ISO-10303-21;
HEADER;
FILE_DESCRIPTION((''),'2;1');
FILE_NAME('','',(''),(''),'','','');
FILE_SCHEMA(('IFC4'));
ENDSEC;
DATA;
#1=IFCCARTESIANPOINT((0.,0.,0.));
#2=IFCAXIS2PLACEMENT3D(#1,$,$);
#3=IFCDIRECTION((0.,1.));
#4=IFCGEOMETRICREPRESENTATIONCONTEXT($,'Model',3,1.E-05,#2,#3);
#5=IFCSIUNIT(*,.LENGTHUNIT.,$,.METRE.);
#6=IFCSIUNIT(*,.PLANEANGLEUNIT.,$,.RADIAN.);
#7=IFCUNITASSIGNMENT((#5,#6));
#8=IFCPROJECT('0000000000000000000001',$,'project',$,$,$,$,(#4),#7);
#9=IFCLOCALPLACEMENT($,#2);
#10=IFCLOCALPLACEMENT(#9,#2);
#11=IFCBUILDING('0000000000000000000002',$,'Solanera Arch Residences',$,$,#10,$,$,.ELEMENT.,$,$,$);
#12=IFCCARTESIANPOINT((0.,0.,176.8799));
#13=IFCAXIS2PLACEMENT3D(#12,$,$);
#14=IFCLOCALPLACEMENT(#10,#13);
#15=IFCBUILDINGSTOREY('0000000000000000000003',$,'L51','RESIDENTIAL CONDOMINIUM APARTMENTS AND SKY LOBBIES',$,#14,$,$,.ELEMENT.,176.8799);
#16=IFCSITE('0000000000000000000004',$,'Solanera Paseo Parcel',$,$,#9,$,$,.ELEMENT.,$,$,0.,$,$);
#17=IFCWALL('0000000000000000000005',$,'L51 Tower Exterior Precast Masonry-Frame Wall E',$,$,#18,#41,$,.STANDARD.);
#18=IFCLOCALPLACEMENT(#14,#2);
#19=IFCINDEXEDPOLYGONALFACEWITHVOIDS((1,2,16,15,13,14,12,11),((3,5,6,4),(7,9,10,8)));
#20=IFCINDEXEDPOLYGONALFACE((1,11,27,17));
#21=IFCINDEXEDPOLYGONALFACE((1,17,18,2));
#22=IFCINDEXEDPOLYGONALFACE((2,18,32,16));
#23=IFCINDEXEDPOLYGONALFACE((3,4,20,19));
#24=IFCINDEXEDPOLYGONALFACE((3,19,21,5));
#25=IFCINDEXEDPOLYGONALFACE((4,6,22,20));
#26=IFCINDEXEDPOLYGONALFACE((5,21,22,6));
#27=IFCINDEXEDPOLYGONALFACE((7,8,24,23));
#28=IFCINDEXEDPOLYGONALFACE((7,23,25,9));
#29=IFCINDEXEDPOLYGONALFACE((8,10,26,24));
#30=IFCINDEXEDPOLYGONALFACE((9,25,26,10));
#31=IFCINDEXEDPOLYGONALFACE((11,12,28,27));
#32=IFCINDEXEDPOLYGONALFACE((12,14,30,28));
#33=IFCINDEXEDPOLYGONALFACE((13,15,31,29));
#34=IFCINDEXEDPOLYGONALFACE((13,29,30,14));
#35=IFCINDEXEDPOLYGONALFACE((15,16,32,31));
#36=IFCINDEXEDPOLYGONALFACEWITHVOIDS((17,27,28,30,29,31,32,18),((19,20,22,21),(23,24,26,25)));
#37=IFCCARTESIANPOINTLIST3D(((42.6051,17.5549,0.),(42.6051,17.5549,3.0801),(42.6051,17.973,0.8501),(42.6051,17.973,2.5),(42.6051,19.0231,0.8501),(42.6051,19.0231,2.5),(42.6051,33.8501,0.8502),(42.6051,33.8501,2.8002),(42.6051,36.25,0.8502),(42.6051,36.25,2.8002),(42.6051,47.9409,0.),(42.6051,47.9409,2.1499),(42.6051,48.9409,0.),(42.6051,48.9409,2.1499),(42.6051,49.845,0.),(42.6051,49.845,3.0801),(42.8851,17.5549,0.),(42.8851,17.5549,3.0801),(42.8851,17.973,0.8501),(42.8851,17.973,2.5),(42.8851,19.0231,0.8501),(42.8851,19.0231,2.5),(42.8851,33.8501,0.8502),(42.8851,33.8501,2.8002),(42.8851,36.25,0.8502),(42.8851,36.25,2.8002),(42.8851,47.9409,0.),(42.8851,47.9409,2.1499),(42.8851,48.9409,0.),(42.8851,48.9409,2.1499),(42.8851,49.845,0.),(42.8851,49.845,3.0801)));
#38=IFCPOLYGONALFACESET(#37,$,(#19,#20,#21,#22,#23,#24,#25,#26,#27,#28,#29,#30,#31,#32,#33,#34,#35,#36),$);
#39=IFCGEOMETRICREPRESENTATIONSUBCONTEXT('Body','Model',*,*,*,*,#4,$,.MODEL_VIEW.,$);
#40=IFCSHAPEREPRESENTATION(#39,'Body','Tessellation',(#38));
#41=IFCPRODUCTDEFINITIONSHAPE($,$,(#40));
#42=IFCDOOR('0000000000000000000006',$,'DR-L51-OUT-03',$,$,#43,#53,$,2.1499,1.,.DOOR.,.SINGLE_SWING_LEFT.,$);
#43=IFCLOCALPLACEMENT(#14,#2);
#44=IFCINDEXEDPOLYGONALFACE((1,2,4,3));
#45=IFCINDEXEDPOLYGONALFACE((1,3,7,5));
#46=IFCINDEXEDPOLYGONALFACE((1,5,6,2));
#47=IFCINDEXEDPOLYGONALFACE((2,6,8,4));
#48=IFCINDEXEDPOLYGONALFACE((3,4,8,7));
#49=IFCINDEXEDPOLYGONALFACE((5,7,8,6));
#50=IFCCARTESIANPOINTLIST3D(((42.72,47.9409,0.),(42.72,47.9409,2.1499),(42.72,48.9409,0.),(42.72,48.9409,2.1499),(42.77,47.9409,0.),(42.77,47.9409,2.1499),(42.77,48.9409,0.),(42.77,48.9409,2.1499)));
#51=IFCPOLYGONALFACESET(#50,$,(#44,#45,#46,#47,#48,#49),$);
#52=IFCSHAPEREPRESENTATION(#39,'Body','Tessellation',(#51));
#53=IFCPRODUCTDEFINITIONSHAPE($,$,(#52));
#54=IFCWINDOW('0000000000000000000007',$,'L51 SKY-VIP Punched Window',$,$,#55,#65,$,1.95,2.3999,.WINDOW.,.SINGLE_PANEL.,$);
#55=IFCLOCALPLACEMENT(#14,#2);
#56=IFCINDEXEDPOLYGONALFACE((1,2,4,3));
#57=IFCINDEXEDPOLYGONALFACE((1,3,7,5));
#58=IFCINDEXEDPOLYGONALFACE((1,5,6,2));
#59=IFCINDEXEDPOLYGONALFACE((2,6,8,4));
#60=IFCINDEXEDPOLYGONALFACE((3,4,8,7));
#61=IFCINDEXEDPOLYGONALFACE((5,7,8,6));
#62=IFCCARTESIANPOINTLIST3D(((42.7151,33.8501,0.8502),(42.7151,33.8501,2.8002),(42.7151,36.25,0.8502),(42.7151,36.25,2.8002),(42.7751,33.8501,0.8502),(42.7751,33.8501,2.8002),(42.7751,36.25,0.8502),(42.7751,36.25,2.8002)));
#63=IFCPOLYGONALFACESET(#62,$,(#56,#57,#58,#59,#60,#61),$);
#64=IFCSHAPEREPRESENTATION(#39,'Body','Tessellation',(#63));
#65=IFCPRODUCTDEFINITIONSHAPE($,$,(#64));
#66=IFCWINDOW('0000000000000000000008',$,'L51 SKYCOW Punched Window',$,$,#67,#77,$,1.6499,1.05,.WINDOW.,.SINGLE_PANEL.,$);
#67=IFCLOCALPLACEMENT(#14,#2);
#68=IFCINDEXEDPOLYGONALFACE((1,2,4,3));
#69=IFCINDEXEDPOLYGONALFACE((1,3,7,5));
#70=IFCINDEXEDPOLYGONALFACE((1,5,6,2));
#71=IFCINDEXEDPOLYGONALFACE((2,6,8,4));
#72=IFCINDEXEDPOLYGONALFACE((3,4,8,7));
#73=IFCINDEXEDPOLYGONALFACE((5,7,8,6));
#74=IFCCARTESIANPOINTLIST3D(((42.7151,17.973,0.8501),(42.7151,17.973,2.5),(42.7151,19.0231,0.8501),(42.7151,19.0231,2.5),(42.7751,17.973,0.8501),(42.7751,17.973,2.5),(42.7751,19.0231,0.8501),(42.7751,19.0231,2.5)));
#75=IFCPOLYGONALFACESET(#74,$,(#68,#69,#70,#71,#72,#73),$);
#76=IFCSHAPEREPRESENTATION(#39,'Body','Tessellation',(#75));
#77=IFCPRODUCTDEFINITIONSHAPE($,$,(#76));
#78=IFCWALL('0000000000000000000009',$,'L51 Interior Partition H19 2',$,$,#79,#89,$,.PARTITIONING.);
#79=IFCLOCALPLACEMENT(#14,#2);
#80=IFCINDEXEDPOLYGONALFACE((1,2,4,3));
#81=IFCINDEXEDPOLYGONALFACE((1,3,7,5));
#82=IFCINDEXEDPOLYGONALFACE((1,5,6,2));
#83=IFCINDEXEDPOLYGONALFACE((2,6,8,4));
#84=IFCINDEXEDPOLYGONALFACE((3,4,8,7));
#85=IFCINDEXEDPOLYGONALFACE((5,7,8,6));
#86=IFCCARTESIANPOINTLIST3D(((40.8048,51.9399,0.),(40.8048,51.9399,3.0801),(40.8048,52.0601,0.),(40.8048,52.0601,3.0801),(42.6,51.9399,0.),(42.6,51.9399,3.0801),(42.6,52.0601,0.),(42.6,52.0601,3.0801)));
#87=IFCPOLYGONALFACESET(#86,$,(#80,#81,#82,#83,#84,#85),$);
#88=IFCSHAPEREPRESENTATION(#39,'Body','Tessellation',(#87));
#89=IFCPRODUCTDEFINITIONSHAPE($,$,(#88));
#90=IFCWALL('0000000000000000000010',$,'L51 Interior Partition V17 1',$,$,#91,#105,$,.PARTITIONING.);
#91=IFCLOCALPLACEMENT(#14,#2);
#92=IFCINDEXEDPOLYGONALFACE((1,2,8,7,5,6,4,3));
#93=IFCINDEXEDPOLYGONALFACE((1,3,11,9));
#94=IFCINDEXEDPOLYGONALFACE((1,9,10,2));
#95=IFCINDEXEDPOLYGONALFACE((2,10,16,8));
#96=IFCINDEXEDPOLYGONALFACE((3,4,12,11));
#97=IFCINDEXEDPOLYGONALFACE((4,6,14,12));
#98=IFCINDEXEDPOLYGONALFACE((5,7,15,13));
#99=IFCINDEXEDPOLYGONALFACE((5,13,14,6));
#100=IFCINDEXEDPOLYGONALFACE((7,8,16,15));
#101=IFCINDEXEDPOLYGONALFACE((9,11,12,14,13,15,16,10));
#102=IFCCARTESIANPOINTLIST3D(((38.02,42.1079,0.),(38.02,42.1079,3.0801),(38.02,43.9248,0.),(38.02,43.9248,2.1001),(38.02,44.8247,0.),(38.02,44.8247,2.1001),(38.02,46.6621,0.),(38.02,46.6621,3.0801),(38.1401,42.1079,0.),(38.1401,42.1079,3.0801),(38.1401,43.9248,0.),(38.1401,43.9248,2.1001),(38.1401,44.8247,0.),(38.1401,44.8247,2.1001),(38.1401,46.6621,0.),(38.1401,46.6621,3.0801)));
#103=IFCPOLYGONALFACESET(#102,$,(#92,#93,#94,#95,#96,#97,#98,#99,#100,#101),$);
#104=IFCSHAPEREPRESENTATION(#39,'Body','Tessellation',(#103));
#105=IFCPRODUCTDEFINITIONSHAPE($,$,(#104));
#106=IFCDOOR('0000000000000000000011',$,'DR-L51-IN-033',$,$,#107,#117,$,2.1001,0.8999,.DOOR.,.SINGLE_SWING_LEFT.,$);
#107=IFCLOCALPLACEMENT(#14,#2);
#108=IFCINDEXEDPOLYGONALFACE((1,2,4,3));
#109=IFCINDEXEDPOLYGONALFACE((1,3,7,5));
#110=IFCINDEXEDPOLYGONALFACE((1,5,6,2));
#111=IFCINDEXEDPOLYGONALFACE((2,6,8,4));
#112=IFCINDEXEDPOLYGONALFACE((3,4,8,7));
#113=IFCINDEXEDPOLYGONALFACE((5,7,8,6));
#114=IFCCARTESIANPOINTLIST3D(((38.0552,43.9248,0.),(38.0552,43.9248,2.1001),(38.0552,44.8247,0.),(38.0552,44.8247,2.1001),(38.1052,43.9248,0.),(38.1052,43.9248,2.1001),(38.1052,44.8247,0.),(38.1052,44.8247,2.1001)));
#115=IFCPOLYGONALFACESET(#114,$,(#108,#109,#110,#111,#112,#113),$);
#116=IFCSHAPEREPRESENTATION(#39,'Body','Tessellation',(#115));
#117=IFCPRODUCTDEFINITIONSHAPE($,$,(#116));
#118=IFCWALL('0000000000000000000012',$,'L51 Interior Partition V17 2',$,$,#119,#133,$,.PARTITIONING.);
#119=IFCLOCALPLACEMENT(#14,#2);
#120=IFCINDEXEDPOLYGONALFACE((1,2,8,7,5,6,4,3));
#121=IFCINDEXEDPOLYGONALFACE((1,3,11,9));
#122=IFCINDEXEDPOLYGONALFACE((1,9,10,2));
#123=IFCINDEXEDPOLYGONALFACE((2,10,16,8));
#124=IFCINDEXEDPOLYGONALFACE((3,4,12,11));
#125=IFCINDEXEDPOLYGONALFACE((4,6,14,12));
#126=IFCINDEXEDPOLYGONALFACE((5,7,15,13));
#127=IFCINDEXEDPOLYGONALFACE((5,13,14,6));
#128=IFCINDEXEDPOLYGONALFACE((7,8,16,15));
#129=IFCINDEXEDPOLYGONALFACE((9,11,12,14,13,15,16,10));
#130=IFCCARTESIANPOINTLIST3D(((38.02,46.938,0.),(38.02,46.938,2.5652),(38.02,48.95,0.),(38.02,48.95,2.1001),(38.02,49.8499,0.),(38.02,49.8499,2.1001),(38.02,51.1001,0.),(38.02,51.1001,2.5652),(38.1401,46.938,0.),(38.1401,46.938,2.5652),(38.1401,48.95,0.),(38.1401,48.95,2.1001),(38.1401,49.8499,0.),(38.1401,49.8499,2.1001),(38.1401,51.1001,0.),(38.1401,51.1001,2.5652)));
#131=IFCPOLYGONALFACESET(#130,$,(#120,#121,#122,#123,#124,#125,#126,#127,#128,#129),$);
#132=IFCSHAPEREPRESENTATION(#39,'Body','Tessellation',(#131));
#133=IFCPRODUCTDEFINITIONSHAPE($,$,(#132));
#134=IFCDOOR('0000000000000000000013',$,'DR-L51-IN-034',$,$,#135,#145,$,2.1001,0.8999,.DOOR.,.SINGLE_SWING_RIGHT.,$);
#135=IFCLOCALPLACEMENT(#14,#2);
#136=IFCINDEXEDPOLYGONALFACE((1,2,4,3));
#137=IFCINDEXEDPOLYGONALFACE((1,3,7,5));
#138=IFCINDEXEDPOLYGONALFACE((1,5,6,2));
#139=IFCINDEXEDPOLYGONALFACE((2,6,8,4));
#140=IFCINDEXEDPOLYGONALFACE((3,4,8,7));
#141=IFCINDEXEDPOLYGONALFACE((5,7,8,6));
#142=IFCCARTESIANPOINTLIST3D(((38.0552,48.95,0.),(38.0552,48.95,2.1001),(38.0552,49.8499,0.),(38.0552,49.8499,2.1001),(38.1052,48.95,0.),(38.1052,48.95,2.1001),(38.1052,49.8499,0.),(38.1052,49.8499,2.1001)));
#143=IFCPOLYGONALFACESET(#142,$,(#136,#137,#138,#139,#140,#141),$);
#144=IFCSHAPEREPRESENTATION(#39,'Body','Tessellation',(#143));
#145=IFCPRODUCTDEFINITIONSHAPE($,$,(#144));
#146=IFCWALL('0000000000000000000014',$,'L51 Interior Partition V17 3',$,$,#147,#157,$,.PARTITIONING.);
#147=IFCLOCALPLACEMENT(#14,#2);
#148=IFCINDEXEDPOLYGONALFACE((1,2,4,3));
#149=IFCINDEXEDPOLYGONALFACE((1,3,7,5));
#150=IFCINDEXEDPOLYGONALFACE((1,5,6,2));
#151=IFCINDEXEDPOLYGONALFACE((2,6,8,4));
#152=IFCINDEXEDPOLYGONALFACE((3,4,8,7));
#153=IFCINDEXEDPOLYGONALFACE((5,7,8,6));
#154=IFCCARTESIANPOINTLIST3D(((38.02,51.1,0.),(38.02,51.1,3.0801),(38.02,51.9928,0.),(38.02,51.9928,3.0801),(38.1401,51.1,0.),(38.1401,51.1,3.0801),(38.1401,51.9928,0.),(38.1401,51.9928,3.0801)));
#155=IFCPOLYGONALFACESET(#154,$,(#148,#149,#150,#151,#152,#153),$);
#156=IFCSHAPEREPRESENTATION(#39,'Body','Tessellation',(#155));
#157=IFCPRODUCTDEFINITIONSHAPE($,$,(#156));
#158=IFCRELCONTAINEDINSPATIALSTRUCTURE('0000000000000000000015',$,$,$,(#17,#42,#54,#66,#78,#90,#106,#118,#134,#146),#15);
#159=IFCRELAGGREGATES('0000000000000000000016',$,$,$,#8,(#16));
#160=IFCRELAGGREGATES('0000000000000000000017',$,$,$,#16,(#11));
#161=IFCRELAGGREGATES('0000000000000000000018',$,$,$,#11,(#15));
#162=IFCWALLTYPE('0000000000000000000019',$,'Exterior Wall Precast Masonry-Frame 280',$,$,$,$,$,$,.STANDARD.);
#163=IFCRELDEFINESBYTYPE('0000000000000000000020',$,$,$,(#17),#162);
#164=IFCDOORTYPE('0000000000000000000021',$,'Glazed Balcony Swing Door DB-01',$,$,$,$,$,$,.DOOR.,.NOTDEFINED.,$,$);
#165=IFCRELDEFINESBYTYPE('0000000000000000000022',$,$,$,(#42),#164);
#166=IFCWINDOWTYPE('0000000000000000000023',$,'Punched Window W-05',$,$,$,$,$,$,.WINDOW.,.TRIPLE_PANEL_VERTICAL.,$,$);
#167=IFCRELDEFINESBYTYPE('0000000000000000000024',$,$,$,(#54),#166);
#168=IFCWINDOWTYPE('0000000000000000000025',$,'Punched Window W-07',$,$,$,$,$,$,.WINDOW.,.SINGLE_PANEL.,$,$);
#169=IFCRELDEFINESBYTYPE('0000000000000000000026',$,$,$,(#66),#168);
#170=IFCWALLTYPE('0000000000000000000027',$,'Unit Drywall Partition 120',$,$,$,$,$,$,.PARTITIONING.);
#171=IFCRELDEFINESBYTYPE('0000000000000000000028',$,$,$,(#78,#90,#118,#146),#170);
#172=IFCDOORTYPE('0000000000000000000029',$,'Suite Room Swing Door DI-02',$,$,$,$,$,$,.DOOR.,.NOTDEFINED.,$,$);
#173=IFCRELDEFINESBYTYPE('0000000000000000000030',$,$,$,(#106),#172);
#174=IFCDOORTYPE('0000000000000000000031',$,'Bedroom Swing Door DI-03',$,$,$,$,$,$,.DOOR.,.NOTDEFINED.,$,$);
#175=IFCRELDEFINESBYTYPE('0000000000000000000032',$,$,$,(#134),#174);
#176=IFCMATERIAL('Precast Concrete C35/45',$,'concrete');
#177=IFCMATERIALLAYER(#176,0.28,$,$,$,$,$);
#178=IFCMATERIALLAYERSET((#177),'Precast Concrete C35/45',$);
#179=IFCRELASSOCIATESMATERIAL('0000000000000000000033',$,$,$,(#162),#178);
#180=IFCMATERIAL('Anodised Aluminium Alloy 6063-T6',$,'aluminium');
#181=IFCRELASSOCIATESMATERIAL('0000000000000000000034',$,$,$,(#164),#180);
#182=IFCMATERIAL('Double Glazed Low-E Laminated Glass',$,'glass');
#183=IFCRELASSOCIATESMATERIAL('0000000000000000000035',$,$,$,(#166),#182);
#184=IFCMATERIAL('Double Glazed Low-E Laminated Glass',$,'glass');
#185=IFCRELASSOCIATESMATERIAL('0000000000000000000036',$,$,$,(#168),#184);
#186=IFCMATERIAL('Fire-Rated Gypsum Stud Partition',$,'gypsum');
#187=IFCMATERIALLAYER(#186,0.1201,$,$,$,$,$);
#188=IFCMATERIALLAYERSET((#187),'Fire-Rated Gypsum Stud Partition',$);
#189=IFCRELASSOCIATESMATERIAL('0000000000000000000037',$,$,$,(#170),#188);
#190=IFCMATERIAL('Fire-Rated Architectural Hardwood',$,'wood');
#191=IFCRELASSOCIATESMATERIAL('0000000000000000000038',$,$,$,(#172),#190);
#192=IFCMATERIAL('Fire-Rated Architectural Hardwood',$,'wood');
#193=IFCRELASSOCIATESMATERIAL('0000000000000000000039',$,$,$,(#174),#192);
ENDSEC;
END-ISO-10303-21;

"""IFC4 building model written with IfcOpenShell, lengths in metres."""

from ifc_helpers import new_model, si_unit, direction, frame, frame_2d, origin, place, context, subcontext, project, spatial, rectangle, extrude, material, layer, layer_set, type_object, element, fill, save


model = new_model("IFC4")

# Units and contexts
model_context = context("Model", 3, precision=1e-05, world=origin(), true_north=direction((0.0, 1.0)))
body_context = subcontext(model_context, "Body", "Model", "MODEL_VIEW")
ifc_project = project(units=[si_unit("LENGTHUNIT", "METRE"), si_unit("PLANEANGLEUNIT", "RADIAN")], contexts=[model_context])

# Site, building, storey
site_placement = place(None, origin())
site = spatial("IfcSite", under=ifc_project, at=site_placement, Name="Solanera Paseo Parcel", CompositionType="ELEMENT", RefElevation=0.0)
building_placement = place(site_placement, origin())
building = spatial("IfcBuilding", under=site, at=building_placement, Name="Solanera Arch Residences", CompositionType="ELEMENT")
storey_placement = place(building_placement, frame((0.0, 0.0, 176.8799)))
storey = spatial("IfcBuildingStorey", under=building, at=storey_placement, Name="L51", Description="RESIDENTIAL CONDOMINIUM APARTMENTS AND SKY LOBBIES", CompositionType="ELEMENT", Elevation=176.8799)

# Shared definitions
ifc_material_1 = material(Name="Precast Concrete C35/45", Category="concrete")
ifc_layer_1 = layer(ifc_material_1, 0.28)
ifc_layer_set_1 = layer_set([ifc_layer_1], Name="Precast Concrete C35/45")
wall_type_1 = type_object("IfcWallType", Name="Exterior Wall Precast Masonry-Frame 280", PredefinedType="STANDARD", material=ifc_layer_set_1)

# Wall, openings, door, windows
wall_1_placement = place(storey_placement, frame((42.7451, 49.845, 0.0), z_axis=(0.0, 0.0, 1.0), x_axis=(0.0, -1.0, 0.0)))
wall_1 = element("IfcWall", 1, at=wall_1_placement, inside=storey, type_object=wall_type_1, Name="L51 Tower Exterior Precast Masonry-Frame Wall E", PredefinedType="STANDARD", context=body_context, shape_type="SweptSolid", body=[
    extrude(rectangle(XDim=32.29, YDim=0.28, at=frame_2d((16.145, 0.0))), origin(), (0.0, 0.0, 1.0), 3.0801),
])
opening_1_placement = place(wall_1_placement, frame((0.9041, 0.0, 0.0)))
opening_1 = element("IfcOpeningElement", 2, at=opening_1_placement, cuts=wall_1, PredefinedType="OPENING", context=body_context, shape_type="SweptSolid", body=[
    extrude(rectangle(XDim=1.0, YDim=2.1499, at=frame_2d((0.5, 1.075))), frame((0.0, 0.1499, 0.0), z_axis=(0.0, -1.0, 0.0), x_axis=(1.0, 0.0, 0.0)), (0.0, 0.0, 1.0), 0.3),
])
opening_2_placement = place(wall_1_placement, frame((30.822, 0.0, 0.8501)))
opening_2 = element("IfcOpeningElement", 3, at=opening_2_placement, cuts=wall_1, PredefinedType="OPENING", context=body_context, shape_type="SweptSolid", body=[
    extrude(rectangle(XDim=1.05, YDim=1.6499, at=frame_2d((0.5249, 0.825))), frame((0.0, 0.1499, 0.0), z_axis=(0.0, -1.0, 0.0), x_axis=(1.0, 0.0, 0.0)), (0.0, 0.0, 1.0), 0.3),
])
opening_3_placement = place(wall_1_placement, frame((13.595, 0.0, 0.8501)))
opening_3 = element("IfcOpeningElement", 4, at=opening_3_placement, cuts=wall_1, PredefinedType="OPENING", context=body_context, shape_type="SweptSolid", body=[
    extrude(rectangle(XDim=2.3999, YDim=1.95, at=frame_2d((1.2, 0.9751))), frame((0.0, 0.1499, 0.0), z_axis=(0.0, -1.0, 0.0), x_axis=(1.0, 0.0, 0.0)), (0.0, 0.0, 1.0), 0.3),
])
ifc_material_2 = material(Name="Anodised Aluminium Alloy 6063-T6", Category="aluminium")
door_type_1 = type_object("IfcDoorType", Name="Glazed Balcony Swing Door DB-01", OperationType="NOTDEFINED", PredefinedType="DOOR", material=ifc_material_2)
door_1_placement = place(opening_1_placement, origin())
door_1 = element("IfcDoor", 5, at=door_1_placement, inside=storey, type_object=door_type_1, Name="DR-L51-OUT-03", OperationType="SINGLE_SWING_LEFT", OverallHeight=2.1499, OverallWidth=1.0, PredefinedType="DOOR", context=body_context, shape_type="SweptSolid", body=[
    extrude(rectangle(XDim=1.0, YDim=2.1499, at=frame_2d((0.5, 1.075))), frame((0.0, 0.0249, 0.0), z_axis=(0.0, -1.0, 0.0), x_axis=(1.0, 0.0, 0.0)), (0.0, 0.0, 1.0), 0.05),
])
fill(opening_1, door_1)
ifc_material_3 = material(Name="Double Glazed Low-E Laminated Glass", Category="glass")
window_type_1 = type_object("IfcWindowType", Name="Punched Window W-05", PartitioningType="TRIPLE_PANEL_VERTICAL", PredefinedType="WINDOW", material=ifc_material_3)
window_1_placement = place(opening_3_placement, origin())
window_1 = element("IfcWindow", 6, at=window_1_placement, inside=storey, type_object=window_type_1, Name="L51 SKY-VIP Punched Window", OverallHeight=1.95, OverallWidth=2.3999, PartitioningType="SINGLE_PANEL", PredefinedType="WINDOW", context=body_context, shape_type="SweptSolid", body=[
    extrude(rectangle(XDim=2.3999, YDim=1.95, at=frame_2d((1.2, 0.9751))), frame((0.0, 0.03, 0.0), z_axis=(0.0, -1.0, 0.0), x_axis=(1.0, 0.0, 0.0)), (0.0, 0.0, 1.0), 0.0601),
])
fill(opening_3, window_1)
ifc_material_4 = material(Name="Double Glazed Low-E Laminated Glass", Category="glass")
window_type_2 = type_object("IfcWindowType", Name="Punched Window W-07", PartitioningType="SINGLE_PANEL", PredefinedType="WINDOW", material=ifc_material_4)
window_2_placement = place(opening_2_placement, origin())
window_2 = element("IfcWindow", 7, at=window_2_placement, inside=storey, type_object=window_type_2, Name="L51 SKYCOW Punched Window", OverallHeight=1.6499, OverallWidth=1.05, PartitioningType="SINGLE_PANEL", PredefinedType="WINDOW", context=body_context, shape_type="SweptSolid", body=[
    extrude(rectangle(XDim=1.05, YDim=1.6499, at=frame_2d((0.5249, 0.825))), frame((0.0, 0.03, 0.0), z_axis=(0.0, -1.0, 0.0), x_axis=(1.0, 0.0, 0.0)), (0.0, 0.0, 1.0), 0.0601),
])
fill(opening_2, window_2)

# Wall
ifc_material_5 = material(Name="Fire-Rated Gypsum Stud Partition", Category="gypsum")
ifc_layer_2 = layer(ifc_material_5, 0.1201)
ifc_layer_set_2 = layer_set([ifc_layer_2], Name="Fire-Rated Gypsum Stud Partition")
wall_type_2 = type_object("IfcWallType", Name="Unit Drywall Partition 120", PredefinedType="PARTITIONING", material=ifc_layer_set_2)
wall_2_placement = place(storey_placement, frame((40.8049, 52.0, 0.0), z_axis=(0.0, 0.0, 1.0), x_axis=(1.0, 0.0, 0.0)))
element("IfcWall", 8, at=wall_2_placement, inside=storey, type_object=wall_type_2, Name="L51 Interior Partition H19 2", PredefinedType="PARTITIONING", context=body_context, shape_type="SweptSolid", body=[
    extrude(rectangle(XDim=1.7952, YDim=0.1201, at=frame_2d((0.8975, 0.0))), origin(), (0.0, 0.0, 1.0), 3.0801),
])

# Walls, openings, doors
wall_3_placement = place(storey_placement, frame((38.0801, 42.1079, 0.0), z_axis=(0.0, 0.0, 1.0), x_axis=(0.0, 1.0, 0.0)))
wall_3 = element("IfcWall", 9, at=wall_3_placement, inside=storey, type_object=wall_type_2, Name="L51 Interior Partition V17 1", PredefinedType="PARTITIONING", context=body_context, shape_type="SweptSolid", body=[
    extrude(rectangle(XDim=4.5542, YDim=0.1201, at=frame_2d((2.2771, 0.0))), origin(), (0.0, 0.0, 1.0), 3.0801),
])
opening_4_placement = place(wall_3_placement, frame((1.8169, 0.0, 0.0)))
opening_4 = element("IfcOpeningElement", 10, at=opening_4_placement, cuts=wall_3, PredefinedType="OPENING", context=body_context, shape_type="SweptSolid", body=[
    extrude(rectangle(XDim=0.8999, YDim=2.1001, at=frame_2d((0.45, 1.05))), frame((0.0, 0.0701, 0.0), z_axis=(0.0, -1.0, 0.0), x_axis=(1.0, 0.0, 0.0)), (0.0, 0.0, 1.0), 0.1401),
])
ifc_material_6 = material(Name="Fire-Rated Architectural Hardwood", Category="wood")
door_type_2 = type_object("IfcDoorType", Name="Suite Room Swing Door DI-02", OperationType="NOTDEFINED", PredefinedType="DOOR", material=ifc_material_6)
door_2_placement = place(opening_4_placement, origin())
door_2 = element("IfcDoor", 11, at=door_2_placement, inside=storey, type_object=door_type_2, Name="DR-L51-IN-033", OperationType="SINGLE_SWING_LEFT", OverallHeight=2.1001, OverallWidth=0.8999, PredefinedType="DOOR", context=body_context, shape_type="SweptSolid", body=[
    extrude(rectangle(XDim=0.8999, YDim=2.1001, at=frame_2d((0.45, 1.05))), frame((0.0, 0.0249, 0.0), z_axis=(0.0, -1.0, 0.0), x_axis=(1.0, 0.0, 0.0)), (0.0, 0.0, 1.0), 0.05),
])
fill(opening_4, door_2)
wall_4_placement = place(storey_placement, frame((38.0801, 46.938, 0.0), z_axis=(0.0, 0.0, 1.0), x_axis=(0.0, 1.0, 0.0)))
wall_4 = element("IfcWall", 12, at=wall_4_placement, inside=storey, type_object=wall_type_2, Name="L51 Interior Partition V17 2", PredefinedType="PARTITIONING", context=body_context, shape_type="SweptSolid", body=[
    extrude(rectangle(XDim=4.1621, YDim=0.1201, at=frame_2d((2.0811, 0.0))), origin(), (0.0, 0.0, 1.0), 2.5652),
])
opening_5_placement = place(wall_4_placement, frame((2.012, 0.0, 0.0)))
opening_5 = element("IfcOpeningElement", 13, at=opening_5_placement, cuts=wall_4, PredefinedType="OPENING", context=body_context, shape_type="SweptSolid", body=[
    extrude(rectangle(XDim=0.8999, YDim=2.1001, at=frame_2d((0.45, 1.05))), frame((0.0, 0.0701, 0.0), z_axis=(0.0, -1.0, 0.0), x_axis=(1.0, 0.0, 0.0)), (0.0, 0.0, 1.0), 0.1401),
])
ifc_material_7 = material(Name="Fire-Rated Architectural Hardwood", Category="wood")
door_type_3 = type_object("IfcDoorType", Name="Bedroom Swing Door DI-03", OperationType="NOTDEFINED", PredefinedType="DOOR", material=ifc_material_7)
door_3_placement = place(opening_5_placement, origin())
door_3 = element("IfcDoor", 14, at=door_3_placement, inside=storey, type_object=door_type_3, Name="DR-L51-IN-034", OperationType="SINGLE_SWING_RIGHT", OverallHeight=2.1001, OverallWidth=0.8999, PredefinedType="DOOR", context=body_context, shape_type="SweptSolid", body=[
    extrude(rectangle(XDim=0.8999, YDim=2.1001, at=frame_2d((0.45, 1.05))), frame((0.0, 0.0249, 0.0), z_axis=(0.0, -1.0, 0.0), x_axis=(1.0, 0.0, 0.0)), (0.0, 0.0, 1.0), 0.05),
])
fill(opening_5, door_3)

# Wall
wall_5_placement = place(storey_placement, frame((38.0801, 51.1001, 0.0), z_axis=(0.0, 0.0, 1.0), x_axis=(0.0, 1.0, 0.0)))
element("IfcWall", 15, at=wall_5_placement, inside=storey, type_object=wall_type_2, Name="L51 Interior Partition V17 3", PredefinedType="PARTITIONING", context=body_context, shape_type="SweptSolid", body=[
    extrude(rectangle(XDim=0.8928, YDim=0.1201, at=frame_2d((0.4463, 0.0))), origin(), (0.0, 0.0, 1.0), 3.0801),
])

save(model, "model.ifc")
